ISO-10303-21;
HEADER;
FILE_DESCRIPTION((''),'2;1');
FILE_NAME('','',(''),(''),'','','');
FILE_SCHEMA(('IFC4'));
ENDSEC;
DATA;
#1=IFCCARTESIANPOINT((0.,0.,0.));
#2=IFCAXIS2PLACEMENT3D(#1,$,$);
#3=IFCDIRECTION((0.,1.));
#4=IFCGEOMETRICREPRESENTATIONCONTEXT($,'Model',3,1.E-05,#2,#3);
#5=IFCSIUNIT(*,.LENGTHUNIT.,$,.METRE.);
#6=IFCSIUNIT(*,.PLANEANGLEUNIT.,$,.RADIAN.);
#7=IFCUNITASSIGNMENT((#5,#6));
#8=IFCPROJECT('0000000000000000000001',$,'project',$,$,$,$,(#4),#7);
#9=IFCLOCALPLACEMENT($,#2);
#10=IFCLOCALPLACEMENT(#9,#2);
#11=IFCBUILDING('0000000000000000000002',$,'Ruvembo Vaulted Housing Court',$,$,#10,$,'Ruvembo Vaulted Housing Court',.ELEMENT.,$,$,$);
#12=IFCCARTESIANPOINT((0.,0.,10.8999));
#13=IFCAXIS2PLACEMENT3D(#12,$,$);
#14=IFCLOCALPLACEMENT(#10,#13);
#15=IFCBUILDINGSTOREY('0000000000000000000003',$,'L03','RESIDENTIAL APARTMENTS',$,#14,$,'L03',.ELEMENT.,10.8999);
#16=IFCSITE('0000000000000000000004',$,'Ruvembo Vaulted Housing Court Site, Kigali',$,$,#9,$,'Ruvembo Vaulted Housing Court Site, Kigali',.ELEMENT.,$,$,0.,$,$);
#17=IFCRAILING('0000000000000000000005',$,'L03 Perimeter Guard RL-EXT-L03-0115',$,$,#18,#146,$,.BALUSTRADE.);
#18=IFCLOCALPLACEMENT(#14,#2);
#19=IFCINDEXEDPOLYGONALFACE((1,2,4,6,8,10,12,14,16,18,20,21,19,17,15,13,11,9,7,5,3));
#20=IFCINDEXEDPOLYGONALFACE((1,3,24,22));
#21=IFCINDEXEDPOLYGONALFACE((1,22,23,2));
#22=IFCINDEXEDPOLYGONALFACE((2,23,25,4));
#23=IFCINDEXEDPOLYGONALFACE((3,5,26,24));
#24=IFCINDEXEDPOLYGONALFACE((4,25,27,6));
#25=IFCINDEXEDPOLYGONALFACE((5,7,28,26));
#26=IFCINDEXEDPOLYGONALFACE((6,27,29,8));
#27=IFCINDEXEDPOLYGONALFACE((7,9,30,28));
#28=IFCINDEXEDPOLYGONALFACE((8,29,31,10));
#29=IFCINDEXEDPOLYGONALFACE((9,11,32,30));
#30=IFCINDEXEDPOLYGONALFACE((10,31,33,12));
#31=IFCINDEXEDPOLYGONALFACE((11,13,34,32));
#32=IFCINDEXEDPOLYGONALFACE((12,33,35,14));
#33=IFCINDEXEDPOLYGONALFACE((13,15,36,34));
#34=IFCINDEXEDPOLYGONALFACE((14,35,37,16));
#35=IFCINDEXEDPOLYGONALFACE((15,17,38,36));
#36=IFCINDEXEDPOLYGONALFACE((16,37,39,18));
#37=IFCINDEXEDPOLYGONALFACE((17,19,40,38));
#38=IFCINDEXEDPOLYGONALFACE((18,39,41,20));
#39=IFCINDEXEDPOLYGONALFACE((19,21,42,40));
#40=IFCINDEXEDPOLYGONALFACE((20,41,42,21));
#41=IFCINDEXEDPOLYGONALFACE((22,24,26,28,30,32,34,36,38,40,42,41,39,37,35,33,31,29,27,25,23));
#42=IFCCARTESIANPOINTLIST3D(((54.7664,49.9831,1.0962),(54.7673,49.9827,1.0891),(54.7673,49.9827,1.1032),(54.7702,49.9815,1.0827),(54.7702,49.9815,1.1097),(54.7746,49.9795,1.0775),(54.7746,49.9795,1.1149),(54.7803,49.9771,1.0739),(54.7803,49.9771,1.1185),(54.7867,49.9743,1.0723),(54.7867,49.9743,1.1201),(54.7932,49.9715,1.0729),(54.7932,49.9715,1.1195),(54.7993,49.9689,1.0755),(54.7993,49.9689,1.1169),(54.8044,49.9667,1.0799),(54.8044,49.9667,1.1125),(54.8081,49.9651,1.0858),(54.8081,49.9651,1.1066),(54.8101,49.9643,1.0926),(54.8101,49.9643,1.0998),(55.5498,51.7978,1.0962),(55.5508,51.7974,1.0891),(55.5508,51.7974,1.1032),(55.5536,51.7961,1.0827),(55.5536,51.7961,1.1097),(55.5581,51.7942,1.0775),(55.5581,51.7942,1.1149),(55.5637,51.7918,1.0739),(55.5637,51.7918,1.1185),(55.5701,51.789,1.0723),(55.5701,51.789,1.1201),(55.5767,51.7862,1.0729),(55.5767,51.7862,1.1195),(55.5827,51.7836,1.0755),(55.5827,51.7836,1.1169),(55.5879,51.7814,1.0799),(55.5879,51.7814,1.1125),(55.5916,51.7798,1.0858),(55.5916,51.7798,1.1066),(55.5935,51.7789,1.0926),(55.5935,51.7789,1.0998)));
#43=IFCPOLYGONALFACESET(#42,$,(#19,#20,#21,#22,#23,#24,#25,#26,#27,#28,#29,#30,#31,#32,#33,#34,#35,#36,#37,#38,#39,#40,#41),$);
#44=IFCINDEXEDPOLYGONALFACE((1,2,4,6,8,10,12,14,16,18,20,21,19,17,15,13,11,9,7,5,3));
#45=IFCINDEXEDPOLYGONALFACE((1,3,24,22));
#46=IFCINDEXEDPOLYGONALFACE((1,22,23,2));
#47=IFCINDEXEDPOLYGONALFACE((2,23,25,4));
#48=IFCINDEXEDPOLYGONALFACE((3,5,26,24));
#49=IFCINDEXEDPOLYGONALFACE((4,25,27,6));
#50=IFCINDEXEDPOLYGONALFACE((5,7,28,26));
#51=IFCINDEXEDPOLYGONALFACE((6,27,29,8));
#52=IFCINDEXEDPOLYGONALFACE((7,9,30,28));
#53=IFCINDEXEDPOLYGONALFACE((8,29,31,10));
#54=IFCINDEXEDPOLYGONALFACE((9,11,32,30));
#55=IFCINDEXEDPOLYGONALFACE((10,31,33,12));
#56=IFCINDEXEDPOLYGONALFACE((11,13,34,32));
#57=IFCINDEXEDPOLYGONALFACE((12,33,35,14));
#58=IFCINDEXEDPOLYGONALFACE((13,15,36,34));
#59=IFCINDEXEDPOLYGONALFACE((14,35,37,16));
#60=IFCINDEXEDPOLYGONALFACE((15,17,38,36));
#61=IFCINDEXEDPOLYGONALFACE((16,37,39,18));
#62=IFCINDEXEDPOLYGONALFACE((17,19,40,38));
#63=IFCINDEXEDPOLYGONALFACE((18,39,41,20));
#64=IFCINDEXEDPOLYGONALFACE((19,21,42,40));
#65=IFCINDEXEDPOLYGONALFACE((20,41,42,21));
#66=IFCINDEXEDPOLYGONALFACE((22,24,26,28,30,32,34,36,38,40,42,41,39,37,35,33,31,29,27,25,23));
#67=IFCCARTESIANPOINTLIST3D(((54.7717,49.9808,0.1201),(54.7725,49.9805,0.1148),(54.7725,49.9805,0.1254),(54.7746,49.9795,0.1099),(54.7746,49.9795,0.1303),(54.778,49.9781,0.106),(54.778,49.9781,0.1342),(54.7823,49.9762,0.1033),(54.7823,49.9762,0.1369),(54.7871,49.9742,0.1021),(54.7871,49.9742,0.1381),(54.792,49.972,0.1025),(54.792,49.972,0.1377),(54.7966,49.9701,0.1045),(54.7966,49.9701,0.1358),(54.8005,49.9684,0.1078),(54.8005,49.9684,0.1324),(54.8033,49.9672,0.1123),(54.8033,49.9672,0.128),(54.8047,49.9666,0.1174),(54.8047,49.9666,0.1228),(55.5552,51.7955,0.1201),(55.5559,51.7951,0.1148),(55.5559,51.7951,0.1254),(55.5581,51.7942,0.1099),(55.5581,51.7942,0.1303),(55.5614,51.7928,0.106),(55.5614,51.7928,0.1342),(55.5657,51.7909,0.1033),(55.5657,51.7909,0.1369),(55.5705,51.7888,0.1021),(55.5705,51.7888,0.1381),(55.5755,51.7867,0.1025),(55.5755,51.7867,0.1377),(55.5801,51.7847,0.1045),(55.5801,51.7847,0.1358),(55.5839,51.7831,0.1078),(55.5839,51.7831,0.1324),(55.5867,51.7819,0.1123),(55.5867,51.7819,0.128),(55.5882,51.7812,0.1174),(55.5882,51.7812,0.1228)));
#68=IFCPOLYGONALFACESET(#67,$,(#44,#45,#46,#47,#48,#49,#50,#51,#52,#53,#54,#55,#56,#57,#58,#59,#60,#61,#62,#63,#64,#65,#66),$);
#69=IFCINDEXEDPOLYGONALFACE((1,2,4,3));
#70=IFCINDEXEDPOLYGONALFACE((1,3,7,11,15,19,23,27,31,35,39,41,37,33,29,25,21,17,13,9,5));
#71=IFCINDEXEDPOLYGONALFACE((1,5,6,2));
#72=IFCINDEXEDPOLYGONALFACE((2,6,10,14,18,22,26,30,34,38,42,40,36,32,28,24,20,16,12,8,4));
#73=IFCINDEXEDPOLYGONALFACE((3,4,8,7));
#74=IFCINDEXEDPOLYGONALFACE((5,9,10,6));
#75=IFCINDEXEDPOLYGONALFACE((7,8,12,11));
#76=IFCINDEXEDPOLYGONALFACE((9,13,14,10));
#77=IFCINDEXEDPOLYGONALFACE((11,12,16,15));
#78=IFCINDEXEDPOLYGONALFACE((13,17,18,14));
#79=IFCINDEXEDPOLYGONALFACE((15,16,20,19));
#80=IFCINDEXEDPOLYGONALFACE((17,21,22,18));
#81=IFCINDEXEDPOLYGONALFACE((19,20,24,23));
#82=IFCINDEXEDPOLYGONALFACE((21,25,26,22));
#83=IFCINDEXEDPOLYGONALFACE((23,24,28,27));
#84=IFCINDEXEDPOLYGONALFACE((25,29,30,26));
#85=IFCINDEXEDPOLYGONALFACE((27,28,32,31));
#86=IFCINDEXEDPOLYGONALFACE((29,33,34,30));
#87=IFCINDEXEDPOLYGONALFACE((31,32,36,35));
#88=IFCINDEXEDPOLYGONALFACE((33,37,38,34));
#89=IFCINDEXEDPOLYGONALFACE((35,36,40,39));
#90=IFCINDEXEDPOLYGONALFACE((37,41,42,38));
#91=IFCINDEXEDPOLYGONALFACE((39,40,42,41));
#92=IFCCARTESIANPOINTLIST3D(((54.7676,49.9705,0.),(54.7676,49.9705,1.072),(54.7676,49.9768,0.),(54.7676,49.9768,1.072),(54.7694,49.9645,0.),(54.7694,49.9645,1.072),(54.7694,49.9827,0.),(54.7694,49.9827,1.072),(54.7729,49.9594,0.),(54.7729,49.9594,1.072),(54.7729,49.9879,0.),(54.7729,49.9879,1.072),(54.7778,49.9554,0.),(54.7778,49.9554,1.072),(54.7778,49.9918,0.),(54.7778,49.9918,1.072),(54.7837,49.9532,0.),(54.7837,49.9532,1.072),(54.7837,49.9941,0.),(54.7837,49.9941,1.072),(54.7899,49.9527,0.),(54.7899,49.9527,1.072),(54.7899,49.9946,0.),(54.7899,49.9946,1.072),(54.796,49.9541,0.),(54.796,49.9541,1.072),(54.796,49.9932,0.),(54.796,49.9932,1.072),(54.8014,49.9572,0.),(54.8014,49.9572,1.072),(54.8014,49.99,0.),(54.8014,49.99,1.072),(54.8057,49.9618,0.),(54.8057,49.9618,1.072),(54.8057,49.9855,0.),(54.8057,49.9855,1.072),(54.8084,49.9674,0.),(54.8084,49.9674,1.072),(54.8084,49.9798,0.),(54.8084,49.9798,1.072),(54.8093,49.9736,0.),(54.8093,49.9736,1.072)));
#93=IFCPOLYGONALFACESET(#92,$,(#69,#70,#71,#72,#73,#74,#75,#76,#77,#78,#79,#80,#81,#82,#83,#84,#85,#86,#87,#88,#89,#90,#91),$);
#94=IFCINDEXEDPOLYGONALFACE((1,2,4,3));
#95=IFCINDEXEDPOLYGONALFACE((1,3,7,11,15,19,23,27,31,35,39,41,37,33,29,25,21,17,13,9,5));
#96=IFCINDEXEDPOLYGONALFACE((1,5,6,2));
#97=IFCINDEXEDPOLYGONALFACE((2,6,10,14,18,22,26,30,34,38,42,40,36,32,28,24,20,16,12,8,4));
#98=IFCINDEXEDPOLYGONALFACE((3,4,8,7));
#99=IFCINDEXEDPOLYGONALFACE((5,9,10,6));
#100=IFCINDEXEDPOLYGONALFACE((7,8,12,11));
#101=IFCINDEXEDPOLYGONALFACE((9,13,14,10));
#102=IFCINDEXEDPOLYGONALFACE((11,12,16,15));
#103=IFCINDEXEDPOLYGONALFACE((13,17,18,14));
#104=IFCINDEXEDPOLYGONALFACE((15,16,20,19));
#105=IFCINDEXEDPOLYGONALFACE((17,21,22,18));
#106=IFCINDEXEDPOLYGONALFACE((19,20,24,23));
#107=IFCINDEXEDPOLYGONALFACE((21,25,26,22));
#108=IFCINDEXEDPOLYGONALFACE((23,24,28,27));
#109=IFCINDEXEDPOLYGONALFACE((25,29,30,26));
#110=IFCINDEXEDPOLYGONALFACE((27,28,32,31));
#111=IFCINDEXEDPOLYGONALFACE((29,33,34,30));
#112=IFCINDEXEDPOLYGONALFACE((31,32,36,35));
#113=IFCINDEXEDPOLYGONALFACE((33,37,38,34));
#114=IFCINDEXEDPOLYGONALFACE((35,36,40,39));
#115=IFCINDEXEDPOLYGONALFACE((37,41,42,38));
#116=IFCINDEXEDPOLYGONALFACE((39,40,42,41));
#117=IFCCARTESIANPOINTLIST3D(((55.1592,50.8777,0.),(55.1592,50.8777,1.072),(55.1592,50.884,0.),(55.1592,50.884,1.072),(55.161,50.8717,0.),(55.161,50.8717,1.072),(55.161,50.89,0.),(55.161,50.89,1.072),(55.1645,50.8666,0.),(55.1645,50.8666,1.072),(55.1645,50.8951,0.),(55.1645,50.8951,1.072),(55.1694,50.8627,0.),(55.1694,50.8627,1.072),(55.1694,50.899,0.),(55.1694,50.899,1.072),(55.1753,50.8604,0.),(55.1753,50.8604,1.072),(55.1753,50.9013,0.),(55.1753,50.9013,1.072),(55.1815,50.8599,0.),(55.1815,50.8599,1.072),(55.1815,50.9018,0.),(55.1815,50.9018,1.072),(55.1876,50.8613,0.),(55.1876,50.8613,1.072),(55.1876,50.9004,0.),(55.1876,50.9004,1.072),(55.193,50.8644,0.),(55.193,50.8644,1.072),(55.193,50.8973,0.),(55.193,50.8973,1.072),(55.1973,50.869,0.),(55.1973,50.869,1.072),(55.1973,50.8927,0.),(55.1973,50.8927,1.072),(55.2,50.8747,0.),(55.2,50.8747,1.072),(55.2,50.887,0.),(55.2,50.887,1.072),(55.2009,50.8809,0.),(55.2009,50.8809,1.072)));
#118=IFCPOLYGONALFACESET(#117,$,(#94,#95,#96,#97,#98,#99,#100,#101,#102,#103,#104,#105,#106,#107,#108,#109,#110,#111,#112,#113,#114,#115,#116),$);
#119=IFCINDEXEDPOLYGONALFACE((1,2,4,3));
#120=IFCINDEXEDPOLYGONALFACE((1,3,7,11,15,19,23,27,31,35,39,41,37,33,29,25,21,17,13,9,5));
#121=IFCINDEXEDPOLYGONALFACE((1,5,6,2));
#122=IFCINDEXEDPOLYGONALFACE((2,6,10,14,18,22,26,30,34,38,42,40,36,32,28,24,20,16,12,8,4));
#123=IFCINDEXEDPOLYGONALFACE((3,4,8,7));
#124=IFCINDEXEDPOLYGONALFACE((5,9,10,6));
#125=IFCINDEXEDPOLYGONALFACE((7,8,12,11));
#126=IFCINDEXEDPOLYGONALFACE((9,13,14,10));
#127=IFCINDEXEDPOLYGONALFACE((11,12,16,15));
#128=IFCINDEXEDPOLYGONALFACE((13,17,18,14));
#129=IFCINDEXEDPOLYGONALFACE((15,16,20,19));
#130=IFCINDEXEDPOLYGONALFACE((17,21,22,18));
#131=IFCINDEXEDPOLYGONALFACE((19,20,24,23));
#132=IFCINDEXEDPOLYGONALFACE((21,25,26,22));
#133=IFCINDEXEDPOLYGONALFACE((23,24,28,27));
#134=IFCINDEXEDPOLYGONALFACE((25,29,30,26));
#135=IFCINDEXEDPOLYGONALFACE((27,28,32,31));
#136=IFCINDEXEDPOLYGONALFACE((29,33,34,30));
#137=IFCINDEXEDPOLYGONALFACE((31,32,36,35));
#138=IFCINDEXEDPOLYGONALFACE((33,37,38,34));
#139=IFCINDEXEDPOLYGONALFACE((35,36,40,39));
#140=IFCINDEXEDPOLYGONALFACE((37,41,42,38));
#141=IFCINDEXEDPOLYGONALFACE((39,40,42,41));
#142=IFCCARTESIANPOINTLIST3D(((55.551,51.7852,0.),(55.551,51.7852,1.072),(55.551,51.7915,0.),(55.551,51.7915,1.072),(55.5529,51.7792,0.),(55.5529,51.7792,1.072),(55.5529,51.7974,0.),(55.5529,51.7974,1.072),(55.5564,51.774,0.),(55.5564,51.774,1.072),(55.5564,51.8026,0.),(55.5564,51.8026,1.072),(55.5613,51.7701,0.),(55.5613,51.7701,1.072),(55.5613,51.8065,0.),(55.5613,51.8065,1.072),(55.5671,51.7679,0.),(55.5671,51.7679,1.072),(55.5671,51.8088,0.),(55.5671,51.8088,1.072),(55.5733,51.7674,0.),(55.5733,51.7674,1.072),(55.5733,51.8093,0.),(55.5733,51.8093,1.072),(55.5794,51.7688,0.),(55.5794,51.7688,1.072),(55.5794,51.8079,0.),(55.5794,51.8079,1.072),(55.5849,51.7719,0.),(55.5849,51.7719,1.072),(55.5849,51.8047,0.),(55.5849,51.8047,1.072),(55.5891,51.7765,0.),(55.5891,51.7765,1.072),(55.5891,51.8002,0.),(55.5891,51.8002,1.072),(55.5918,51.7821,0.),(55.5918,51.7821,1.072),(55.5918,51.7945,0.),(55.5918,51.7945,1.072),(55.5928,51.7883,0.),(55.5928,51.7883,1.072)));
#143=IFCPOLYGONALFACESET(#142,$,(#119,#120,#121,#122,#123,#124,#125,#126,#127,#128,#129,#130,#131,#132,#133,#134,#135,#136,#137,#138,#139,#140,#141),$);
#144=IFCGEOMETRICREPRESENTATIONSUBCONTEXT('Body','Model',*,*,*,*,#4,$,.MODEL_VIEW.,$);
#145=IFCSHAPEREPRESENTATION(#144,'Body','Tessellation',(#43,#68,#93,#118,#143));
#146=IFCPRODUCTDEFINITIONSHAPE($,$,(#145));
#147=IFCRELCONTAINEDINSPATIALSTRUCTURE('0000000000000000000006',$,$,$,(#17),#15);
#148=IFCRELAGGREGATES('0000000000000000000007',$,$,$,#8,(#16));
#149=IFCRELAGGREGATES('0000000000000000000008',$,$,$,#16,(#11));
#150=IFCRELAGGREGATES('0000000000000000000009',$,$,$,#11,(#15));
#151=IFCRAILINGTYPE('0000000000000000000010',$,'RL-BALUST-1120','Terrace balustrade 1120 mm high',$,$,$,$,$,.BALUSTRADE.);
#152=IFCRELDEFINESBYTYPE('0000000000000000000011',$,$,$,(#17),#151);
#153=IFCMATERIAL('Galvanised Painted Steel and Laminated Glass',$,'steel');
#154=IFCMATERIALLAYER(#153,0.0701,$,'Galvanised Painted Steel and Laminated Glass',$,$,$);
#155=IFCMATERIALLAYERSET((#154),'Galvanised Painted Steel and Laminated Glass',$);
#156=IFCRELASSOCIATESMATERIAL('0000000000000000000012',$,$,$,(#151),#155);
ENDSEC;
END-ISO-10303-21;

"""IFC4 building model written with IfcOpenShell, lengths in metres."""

from ifc_helpers import new_model, si_unit, direction, frame, origin, origin_2d, place, context, subcontext, project, spatial, circle, extrude, material, layer, layer_set, type_object, element, save


model = new_model("IFC4")

# Units and contexts
model_context = context("Model", 3, precision=1e-05, world=origin(), true_north=direction((0.0, 1.0)))
body_context = subcontext(model_context, "Body", "Model", "MODEL_VIEW")
ifc_project = project(units=[si_unit("LENGTHUNIT", "METRE"), si_unit("PLANEANGLEUNIT", "RADIAN")], contexts=[model_context])

# Site, building, storey
site_placement = place(None, origin())
site = spatial("IfcSite", under=ifc_project, at=site_placement, Name="Ruvembo Vaulted Housing Court Site, Kigali", LongName="Ruvembo Vaulted Housing Court Site, Kigali", CompositionType="ELEMENT", RefElevation=0.0)
building_placement = place(site_placement, origin())
building = spatial("IfcBuilding", under=site, at=building_placement, Name="Ruvembo Vaulted Housing Court", LongName="Ruvembo Vaulted Housing Court", CompositionType="ELEMENT")
storey_placement = place(building_placement, frame((0.0, 0.0, 10.8999)))
storey = spatial("IfcBuildingStorey", under=building, at=storey_placement, Name="L03", Description="RESIDENTIAL APARTMENTS", LongName="L03", CompositionType="ELEMENT", Elevation=10.8999)

# Railing
ifc_material_1 = material(Name="Galvanised Painted Steel and Laminated Glass", Category="steel")
ifc_layer_1 = layer(ifc_material_1, 0.0701, Name="Galvanised Painted Steel and Laminated Glass")
ifc_layer_set_1 = layer_set([ifc_layer_1], Name="Galvanised Painted Steel and Laminated Glass")
railing_type = type_object("IfcRailingType", Name="RL-BALUST-1120", Description="Terrace balustrade 1120 mm high", PredefinedType="BALUSTRADE", material=ifc_layer_set_1)
railing_1_placement = place(storey_placement, frame((54.7883, 49.9736, 0.0)))
element("IfcRailing", 1, at=railing_1_placement, inside=storey, type_object=railing_type, Name="L03 Perimeter Guard RL-EXT-L03-0115", PredefinedType="BALUSTRADE", context=body_context, shape_type="SweptSolid", body=[
    extrude(circle(Radius=0.0239, at=origin_2d()), frame((0.0, 0.0, 1.0962), z_axis=(0.396363, 0.918094, 0.0), x_axis=(-0.918094, 0.396363, 0.0)), (0.0, 0.0, 1.0), 1.9766),
    extrude(circle(Radius=0.0181, at=origin_2d()), frame((0.0, 0.0, 0.1201), z_axis=(0.396363, 0.918094, 0.0), x_axis=(-0.918094, 0.396363, 0.0)), (0.0, 0.0, 1.0), 1.9766),
    extrude(circle(Radius=0.021, at=origin_2d()), origin(), (0.0, 0.0, 1.0), 1.072),
    extrude(circle(Radius=0.021, at=origin_2d()), frame((0.3916, 0.9072, 0.0)), (0.0, 0.0, 1.0), 1.072),
    extrude(circle(Radius=0.021, at=origin_2d()), frame((0.7834, 1.8147, 0.0)), (0.0, 0.0, 1.0), 1.072),
])

save(model, "model.ifc")
